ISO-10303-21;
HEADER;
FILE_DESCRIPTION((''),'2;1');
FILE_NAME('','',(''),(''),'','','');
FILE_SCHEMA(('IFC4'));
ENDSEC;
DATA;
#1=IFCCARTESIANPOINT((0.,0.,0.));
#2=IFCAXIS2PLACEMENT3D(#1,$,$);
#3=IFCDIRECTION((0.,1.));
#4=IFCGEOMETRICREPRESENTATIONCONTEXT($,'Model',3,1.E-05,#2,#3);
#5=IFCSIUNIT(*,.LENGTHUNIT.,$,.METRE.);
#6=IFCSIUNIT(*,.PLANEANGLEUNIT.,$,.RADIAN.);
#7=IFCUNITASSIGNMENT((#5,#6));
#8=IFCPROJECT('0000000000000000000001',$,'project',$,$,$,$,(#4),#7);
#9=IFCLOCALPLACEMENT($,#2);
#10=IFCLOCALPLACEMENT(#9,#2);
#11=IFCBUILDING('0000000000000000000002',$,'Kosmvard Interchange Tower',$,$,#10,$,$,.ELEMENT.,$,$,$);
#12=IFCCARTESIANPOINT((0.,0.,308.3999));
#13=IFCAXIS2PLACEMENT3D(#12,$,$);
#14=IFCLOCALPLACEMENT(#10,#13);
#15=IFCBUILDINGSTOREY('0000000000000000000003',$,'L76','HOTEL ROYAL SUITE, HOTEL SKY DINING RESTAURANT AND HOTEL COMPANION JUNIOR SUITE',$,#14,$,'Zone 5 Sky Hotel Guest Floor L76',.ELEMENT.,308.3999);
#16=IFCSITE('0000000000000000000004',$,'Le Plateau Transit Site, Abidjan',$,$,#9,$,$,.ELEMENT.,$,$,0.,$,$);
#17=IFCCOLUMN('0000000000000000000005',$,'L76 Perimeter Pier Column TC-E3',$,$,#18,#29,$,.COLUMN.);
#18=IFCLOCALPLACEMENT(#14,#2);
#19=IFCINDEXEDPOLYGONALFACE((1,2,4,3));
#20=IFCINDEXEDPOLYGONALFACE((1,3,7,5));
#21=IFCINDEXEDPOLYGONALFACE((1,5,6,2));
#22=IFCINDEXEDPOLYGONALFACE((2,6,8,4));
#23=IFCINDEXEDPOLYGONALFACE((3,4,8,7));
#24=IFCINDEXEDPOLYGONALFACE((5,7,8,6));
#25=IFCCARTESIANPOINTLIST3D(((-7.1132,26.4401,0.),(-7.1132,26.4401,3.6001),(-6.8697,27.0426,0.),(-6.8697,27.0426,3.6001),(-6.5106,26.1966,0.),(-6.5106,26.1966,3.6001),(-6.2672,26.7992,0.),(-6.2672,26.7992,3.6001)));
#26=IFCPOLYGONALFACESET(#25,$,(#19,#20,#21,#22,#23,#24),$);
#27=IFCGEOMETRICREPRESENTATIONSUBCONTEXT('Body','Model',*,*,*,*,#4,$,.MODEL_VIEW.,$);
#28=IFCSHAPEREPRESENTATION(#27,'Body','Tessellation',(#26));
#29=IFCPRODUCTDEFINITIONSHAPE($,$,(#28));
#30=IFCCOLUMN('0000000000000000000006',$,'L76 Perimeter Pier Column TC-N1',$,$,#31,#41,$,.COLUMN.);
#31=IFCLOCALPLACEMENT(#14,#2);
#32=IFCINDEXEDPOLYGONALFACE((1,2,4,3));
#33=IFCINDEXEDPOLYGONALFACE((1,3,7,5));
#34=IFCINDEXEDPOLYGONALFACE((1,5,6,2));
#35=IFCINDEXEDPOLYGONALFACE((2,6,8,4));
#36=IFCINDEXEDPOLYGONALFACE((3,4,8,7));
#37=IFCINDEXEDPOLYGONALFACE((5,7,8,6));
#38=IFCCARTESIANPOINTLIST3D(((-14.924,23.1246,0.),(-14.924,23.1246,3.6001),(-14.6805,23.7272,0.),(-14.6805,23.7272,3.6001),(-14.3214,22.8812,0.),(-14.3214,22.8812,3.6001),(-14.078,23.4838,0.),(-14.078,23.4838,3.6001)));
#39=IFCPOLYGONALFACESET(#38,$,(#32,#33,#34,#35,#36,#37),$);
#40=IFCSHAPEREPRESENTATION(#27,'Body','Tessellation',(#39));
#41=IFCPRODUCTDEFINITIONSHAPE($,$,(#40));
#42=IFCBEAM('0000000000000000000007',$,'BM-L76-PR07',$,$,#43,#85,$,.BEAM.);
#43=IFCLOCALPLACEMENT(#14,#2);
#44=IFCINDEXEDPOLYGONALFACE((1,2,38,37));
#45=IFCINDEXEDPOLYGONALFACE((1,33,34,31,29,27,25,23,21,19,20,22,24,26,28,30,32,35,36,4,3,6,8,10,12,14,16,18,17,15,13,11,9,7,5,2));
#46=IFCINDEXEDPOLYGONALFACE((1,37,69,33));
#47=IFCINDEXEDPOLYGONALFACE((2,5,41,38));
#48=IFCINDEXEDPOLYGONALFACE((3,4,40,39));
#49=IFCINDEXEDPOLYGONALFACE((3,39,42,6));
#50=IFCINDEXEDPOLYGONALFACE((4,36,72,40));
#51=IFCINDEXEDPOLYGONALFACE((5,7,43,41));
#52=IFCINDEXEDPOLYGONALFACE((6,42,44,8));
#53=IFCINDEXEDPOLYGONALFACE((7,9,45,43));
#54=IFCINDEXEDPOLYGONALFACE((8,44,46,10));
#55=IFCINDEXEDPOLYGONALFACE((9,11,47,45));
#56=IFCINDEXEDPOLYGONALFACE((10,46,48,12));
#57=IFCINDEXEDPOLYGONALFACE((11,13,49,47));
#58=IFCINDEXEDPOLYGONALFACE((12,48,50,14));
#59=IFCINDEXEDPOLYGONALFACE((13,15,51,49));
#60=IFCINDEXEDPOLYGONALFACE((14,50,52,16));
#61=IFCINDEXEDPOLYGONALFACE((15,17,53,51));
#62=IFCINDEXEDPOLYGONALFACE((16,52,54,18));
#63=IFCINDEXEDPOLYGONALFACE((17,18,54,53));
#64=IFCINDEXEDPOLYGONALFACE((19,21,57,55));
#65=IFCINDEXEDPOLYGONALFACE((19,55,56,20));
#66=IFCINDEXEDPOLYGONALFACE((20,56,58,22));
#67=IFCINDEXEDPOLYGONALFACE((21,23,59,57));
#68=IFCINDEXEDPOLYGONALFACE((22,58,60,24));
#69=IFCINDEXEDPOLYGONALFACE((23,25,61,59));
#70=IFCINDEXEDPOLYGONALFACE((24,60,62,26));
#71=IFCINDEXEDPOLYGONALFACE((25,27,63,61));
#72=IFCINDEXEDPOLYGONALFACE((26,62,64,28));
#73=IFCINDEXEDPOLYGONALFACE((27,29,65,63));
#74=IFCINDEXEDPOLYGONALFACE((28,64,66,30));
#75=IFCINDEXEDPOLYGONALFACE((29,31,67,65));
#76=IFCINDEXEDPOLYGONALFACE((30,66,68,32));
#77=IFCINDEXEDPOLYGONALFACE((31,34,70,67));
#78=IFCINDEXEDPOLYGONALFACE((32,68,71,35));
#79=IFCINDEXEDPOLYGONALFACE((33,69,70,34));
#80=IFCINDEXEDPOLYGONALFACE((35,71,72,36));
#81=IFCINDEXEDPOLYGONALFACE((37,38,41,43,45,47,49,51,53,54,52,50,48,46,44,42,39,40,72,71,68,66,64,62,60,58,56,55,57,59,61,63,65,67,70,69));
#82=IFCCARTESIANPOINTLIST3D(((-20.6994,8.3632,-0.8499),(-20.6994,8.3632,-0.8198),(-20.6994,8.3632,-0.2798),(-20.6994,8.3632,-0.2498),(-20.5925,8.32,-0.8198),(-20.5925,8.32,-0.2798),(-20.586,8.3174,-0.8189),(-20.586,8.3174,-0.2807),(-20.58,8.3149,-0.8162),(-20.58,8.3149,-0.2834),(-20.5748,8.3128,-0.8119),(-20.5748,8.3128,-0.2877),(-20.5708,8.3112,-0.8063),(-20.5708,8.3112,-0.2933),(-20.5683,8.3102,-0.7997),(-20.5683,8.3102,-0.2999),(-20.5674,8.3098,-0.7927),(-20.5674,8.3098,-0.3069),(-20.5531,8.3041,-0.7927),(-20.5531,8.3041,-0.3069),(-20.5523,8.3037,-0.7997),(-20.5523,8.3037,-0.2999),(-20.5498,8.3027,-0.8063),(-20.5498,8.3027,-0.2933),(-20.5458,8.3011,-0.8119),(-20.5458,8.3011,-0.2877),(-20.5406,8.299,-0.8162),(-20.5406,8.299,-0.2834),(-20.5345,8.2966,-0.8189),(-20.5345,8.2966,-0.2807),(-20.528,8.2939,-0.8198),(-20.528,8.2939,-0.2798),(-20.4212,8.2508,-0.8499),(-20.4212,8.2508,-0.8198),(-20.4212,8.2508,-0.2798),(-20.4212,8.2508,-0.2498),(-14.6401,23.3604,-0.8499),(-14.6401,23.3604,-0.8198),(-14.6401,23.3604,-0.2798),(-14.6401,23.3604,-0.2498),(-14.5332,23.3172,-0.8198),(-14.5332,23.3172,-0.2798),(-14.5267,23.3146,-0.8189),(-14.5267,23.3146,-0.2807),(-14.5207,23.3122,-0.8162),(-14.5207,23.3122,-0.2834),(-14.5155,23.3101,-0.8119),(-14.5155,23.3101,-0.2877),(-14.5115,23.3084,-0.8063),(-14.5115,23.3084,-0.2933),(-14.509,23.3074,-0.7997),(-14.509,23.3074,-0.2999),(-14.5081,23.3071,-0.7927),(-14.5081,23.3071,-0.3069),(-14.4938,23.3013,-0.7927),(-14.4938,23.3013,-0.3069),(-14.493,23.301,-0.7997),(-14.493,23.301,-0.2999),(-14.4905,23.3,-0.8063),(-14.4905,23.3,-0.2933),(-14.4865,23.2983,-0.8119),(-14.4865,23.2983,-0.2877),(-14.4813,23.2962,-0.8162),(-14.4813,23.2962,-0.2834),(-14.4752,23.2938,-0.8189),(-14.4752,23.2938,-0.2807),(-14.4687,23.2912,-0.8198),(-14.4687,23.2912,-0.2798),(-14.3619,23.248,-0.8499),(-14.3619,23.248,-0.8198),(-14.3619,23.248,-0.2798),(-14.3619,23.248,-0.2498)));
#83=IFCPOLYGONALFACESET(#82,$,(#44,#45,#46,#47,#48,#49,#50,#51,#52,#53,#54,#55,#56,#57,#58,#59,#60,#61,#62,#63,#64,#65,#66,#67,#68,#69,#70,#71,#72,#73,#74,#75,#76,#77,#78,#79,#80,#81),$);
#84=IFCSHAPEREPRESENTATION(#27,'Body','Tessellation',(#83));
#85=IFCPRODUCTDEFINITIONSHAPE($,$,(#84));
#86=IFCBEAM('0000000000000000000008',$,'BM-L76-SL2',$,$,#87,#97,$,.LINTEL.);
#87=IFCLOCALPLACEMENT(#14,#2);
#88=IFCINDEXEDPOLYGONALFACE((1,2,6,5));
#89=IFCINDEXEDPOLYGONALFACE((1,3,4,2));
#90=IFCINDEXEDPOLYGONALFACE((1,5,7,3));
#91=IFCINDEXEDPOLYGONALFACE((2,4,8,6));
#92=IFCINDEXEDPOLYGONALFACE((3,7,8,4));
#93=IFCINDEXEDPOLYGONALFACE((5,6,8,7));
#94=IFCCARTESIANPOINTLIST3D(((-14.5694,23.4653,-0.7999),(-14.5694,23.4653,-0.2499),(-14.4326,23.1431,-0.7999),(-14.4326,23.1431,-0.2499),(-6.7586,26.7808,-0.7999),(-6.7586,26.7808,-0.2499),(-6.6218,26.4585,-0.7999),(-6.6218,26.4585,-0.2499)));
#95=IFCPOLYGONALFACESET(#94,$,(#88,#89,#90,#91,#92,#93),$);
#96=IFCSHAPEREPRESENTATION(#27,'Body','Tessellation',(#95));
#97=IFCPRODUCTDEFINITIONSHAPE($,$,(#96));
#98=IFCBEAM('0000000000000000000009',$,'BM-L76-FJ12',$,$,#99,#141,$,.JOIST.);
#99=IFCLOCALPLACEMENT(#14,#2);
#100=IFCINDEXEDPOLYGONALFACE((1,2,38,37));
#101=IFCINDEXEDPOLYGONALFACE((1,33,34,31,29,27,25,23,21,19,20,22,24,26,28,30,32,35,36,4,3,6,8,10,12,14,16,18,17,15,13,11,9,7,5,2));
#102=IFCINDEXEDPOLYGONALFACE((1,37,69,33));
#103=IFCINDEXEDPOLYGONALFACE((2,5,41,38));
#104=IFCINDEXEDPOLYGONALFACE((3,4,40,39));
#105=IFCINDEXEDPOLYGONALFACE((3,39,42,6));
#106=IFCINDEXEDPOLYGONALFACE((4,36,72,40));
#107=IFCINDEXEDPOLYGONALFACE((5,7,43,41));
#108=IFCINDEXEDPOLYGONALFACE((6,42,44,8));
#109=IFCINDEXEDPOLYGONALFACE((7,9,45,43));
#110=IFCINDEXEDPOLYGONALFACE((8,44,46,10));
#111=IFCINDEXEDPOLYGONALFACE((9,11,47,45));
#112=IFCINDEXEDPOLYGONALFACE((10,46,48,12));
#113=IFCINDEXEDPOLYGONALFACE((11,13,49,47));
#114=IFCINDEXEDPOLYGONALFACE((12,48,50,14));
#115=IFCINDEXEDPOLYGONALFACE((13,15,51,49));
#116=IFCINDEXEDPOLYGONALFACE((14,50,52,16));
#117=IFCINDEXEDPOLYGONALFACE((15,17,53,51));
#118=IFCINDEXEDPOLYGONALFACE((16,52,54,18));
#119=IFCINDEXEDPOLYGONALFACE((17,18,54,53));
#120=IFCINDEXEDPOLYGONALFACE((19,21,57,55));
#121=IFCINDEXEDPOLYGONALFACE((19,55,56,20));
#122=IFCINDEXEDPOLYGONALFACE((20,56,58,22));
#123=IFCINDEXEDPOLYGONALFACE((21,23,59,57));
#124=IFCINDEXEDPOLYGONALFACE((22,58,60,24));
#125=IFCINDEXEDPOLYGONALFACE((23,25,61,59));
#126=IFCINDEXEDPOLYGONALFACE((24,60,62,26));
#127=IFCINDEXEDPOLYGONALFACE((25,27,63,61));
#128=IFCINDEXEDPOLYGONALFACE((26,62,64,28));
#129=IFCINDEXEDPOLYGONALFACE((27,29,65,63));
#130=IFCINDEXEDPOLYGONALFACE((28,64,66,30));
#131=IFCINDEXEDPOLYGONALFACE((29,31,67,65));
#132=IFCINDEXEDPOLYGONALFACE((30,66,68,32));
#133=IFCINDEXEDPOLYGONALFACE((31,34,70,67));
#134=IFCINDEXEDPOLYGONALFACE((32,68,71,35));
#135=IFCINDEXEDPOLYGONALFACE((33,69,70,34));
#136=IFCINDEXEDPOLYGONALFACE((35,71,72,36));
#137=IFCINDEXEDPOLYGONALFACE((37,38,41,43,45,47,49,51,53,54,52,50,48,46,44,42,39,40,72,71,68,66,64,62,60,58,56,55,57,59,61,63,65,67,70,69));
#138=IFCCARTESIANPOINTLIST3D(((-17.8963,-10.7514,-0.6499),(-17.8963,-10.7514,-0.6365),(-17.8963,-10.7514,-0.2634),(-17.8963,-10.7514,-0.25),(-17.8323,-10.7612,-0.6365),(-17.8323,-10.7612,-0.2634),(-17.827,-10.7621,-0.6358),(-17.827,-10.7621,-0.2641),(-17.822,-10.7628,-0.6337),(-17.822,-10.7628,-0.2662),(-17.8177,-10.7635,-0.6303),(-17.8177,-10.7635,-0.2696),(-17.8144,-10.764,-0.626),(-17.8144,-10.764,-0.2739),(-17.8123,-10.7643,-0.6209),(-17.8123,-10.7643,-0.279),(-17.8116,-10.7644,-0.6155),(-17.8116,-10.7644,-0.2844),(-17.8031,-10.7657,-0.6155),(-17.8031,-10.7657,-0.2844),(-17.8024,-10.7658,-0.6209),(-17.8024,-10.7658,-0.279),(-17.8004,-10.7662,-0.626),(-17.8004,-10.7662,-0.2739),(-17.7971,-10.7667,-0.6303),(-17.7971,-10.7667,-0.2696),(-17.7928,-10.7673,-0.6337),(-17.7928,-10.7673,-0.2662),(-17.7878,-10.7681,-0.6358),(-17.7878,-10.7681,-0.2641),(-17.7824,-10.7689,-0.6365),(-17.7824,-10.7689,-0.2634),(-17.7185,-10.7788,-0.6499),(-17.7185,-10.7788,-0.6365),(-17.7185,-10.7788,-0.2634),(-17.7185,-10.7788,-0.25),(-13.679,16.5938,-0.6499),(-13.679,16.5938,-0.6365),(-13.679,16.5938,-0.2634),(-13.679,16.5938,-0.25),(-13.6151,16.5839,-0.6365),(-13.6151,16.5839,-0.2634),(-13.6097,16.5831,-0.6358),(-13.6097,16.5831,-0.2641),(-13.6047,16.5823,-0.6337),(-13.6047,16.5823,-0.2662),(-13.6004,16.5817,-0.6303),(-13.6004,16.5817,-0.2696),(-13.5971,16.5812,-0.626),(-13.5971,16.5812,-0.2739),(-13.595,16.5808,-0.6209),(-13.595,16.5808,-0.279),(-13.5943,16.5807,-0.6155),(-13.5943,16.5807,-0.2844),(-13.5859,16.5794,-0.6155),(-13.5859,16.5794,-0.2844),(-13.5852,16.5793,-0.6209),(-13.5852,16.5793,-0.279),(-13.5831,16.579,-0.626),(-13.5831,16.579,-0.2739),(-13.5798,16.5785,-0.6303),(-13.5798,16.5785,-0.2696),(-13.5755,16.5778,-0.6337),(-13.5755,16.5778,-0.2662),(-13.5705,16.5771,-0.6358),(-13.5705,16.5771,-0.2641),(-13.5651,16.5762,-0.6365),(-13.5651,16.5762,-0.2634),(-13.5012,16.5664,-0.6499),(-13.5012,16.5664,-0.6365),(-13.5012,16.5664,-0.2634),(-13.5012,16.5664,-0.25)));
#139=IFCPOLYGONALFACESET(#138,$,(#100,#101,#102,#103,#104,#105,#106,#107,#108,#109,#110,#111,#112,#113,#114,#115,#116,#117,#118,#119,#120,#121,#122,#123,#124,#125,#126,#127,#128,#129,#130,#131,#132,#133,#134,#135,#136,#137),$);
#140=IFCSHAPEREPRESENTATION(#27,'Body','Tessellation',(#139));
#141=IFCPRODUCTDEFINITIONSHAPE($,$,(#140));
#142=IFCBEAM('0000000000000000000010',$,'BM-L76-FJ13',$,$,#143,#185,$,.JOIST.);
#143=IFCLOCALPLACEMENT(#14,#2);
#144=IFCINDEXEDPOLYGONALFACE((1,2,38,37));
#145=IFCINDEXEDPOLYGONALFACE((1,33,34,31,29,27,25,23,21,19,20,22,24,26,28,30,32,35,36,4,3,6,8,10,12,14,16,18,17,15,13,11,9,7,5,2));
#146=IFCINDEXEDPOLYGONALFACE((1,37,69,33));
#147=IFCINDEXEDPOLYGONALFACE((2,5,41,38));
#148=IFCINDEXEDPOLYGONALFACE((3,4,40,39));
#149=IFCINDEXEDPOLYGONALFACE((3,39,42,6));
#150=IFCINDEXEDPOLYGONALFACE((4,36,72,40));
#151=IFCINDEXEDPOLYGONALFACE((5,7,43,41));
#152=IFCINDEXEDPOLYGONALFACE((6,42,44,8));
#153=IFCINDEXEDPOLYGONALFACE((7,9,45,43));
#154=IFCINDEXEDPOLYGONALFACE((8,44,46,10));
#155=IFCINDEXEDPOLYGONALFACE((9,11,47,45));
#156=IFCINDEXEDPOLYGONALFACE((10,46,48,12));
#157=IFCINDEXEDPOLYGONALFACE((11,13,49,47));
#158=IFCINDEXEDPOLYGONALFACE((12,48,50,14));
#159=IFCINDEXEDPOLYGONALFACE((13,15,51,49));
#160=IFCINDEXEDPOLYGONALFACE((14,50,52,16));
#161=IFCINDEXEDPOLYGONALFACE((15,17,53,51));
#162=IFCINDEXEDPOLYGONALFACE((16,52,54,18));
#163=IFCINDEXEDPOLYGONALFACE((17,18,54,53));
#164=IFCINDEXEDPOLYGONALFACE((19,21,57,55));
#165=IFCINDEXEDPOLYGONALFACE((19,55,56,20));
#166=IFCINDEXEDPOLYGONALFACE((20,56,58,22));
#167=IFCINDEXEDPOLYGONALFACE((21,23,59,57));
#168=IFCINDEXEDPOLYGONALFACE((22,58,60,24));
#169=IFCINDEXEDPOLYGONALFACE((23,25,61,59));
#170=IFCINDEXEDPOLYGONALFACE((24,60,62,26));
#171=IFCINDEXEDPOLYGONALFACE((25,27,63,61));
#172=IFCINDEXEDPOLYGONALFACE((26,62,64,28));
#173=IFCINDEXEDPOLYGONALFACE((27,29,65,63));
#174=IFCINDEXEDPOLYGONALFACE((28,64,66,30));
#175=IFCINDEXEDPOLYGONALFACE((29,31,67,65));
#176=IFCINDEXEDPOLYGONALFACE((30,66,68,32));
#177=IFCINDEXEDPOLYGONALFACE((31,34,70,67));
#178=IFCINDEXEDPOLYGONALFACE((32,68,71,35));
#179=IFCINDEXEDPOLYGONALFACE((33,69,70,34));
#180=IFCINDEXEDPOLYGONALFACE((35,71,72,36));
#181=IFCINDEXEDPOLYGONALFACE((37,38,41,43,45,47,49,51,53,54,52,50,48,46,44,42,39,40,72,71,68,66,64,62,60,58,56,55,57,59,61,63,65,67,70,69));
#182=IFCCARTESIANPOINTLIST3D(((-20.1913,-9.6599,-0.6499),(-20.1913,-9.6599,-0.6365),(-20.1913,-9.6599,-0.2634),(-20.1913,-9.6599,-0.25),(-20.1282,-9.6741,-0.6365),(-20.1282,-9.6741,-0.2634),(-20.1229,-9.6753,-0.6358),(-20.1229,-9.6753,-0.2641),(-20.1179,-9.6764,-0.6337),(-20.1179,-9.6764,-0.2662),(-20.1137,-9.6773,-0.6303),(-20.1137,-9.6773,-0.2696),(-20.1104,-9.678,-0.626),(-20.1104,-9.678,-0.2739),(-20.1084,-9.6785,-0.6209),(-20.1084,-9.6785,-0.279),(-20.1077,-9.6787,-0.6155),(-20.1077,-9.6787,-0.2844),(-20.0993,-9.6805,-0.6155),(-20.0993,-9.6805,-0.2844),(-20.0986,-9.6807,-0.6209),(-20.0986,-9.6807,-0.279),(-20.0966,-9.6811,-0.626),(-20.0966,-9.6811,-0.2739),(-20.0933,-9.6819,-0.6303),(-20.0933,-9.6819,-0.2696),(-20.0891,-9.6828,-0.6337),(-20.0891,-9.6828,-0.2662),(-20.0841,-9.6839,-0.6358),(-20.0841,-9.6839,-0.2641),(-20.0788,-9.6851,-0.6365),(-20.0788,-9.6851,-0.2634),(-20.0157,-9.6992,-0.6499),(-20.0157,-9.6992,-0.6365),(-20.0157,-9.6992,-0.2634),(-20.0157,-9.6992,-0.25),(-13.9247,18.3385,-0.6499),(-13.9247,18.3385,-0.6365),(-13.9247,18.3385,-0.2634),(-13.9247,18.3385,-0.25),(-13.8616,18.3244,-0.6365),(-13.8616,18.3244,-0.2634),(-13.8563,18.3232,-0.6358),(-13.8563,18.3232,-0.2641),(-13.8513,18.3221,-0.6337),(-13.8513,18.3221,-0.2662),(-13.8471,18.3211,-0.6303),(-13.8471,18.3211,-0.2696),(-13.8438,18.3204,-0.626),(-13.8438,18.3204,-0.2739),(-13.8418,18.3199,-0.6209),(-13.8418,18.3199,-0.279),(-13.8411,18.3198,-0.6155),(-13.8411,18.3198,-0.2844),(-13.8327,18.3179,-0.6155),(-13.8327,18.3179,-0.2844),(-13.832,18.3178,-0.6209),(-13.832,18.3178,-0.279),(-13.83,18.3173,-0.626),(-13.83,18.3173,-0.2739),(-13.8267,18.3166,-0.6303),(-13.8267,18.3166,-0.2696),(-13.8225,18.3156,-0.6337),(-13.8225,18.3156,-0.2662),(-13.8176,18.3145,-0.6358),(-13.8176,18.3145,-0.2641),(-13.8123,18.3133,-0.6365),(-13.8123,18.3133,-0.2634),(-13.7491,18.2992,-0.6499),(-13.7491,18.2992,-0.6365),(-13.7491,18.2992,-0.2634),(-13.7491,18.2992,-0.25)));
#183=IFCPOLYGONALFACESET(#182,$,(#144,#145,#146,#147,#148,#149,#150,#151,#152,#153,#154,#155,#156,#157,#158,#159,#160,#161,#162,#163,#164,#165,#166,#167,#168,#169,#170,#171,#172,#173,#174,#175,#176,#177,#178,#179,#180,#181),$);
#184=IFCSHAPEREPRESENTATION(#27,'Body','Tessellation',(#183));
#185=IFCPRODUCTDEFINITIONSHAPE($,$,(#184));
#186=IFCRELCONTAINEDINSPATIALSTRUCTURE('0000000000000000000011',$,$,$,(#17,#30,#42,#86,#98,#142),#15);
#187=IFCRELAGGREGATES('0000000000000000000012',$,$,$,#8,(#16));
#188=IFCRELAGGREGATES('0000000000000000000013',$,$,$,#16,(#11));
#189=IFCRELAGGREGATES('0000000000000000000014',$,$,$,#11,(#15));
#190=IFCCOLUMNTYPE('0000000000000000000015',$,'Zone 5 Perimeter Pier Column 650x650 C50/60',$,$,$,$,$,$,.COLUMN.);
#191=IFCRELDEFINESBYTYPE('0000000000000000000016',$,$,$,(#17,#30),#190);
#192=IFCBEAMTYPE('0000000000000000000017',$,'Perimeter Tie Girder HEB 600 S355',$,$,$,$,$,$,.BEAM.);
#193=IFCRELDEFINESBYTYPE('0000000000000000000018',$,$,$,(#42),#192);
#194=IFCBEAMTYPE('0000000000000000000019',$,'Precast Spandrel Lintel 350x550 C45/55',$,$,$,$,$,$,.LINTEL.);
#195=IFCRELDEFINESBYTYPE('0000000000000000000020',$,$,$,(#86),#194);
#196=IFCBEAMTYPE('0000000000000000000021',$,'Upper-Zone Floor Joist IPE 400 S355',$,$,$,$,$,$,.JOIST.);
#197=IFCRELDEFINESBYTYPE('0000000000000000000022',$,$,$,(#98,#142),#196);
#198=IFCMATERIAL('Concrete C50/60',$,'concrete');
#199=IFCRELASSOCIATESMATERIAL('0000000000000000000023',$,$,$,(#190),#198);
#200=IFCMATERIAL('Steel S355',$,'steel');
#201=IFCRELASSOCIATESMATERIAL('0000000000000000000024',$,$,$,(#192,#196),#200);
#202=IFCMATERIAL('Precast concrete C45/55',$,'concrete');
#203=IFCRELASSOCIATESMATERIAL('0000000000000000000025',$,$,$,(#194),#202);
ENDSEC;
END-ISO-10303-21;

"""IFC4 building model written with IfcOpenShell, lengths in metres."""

from ifc_helpers import new_model, si_unit, direction, frame, origin, origin_2d, place, context, subcontext, project, spatial, rectangle, i_section, extrude, source, transform, mapped, material, material_profile, profile_set, type_object, element, save


model = new_model("IFC4")

# Units and contexts
model_context = context("Model", 3, precision=1e-05, world=origin(), true_north=direction((0.0, 1.0)))
body_context = subcontext(model_context, "Body", "Model", "MODEL_VIEW")
ifc_project = project(units=[si_unit("LENGTHUNIT", "METRE"), si_unit("PLANEANGLEUNIT", "RADIAN")], contexts=[model_context])

# Site, building, storey
site_placement = place(None, origin())
site = spatial("IfcSite", under=ifc_project, at=site_placement, Name="Le Plateau Transit Site, Abidjan", CompositionType="ELEMENT", RefElevation=0.0)
building_placement = place(site_placement, origin())
building = spatial("IfcBuilding", under=site, at=building_placement, Name="Kosmvard Interchange Tower", CompositionType="ELEMENT")
storey_placement = place(building_placement, frame((0.0, 0.0, 308.3999)))
storey = spatial("IfcBuildingStorey", under=building, at=storey_placement, Name="L76", Description="HOTEL ROYAL SUITE, HOTEL SKY DINING RESTAURANT AND HOTEL COMPANION JUNIOR SUITE", LongName="Zone 5 Sky Hotel Guest Floor L76", CompositionType="ELEMENT", Elevation=308.3999)

# Columns
ifc_material_1 = material(Name="Concrete C50/60", Category="concrete")
ifc_material_profile_1 = material_profile(ifc_material_1, rectangle(XDim=0.6499, YDim=0.6499, at=origin_2d()), Name="TC 650x650")
ifc_profile_set_1 = profile_set([ifc_material_profile_1], Name="Concrete C50/60")
column_type = type_object("IfcColumnType", Name="Zone 5 Perimeter Pier Column 650x650 C50/60", PredefinedType="COLUMN", material=ifc_profile_set_1)
shared_shape_1 = source(origin(), body_context, "Body", "SweptSolid", [
    extrude(rectangle(XDim=0.6499, YDim=0.6499, at=origin_2d()), origin(), (0.0, 0.0, 1.0), 3.6001),
])
for number, where, z_axis, x_axis, name in (
    (1, (-6.6902, 26.6196, 0.0), (0.0, 0.0, 1.0), (0.374607, 0.927184, 0.0), "L76 Perimeter Pier Column TC-E3"),
    (2, (-14.501, 23.3042, 0.0), (0.0, 0.0, 1.0), (0.374607, 0.927184, 0.0), "L76 Perimeter Pier Column TC-N1"),
):
    element("IfcColumn", number, at=place(storey_placement, frame(where, z_axis=z_axis, x_axis=x_axis)), inside=storey, type_object=column_type, Name=name, PredefinedType="COLUMN", context=body_context, shape_type="MappedRepresentation", body=[
        mapped(shared_shape_1, transform((0.0, 0.0, 0.0), scale=1.0)),
    ])

# Beams
ifc_material_2 = material(Name="Steel S355", Category="steel")
ifc_material_profile_2 = material_profile(ifc_material_2, i_section(OverallWidth=0.3, OverallDepth=0.6001, WebThickness=0.0154, FlangeThickness=0.03, FilletRadius=0.0271, at=origin_2d()), Name="HEB 600")
ifc_profile_set_2 = profile_set([ifc_material_profile_2], Name="Steel S355")
beam_type_1 = type_object("IfcBeamType", Name="Perimeter Tie Girder HEB 600 S355", PredefinedType="BEAM", material=ifc_profile_set_2)
shared_shape_2 = source(origin(), body_context, "Body", "SweptSolid", [
    extrude(i_section(OverallWidth=0.3, OverallDepth=0.6001, WebThickness=0.0154, FlangeThickness=0.03, FilletRadius=0.0271, at=origin_2d()), origin(), (0.0, 0.0, 1.0), 16.175),
])
beam_1_placement = place(storey_placement, frame((-14.501, 23.3042, -0.5498), z_axis=(-0.374608, -0.927183, 0.0), x_axis=(0.927183, -0.374608, 0.0)))
element("IfcBeam", 3, at=beam_1_placement, inside=storey, type_object=beam_type_1, Name="BM-L76-PR07", PredefinedType="BEAM", context=body_context, shape_type="MappedRepresentation", body=[
    mapped(shared_shape_2, transform((0.0, 0.0, 0.0), scale=1.0)),
])
ifc_material_3 = material(Name="Precast concrete C45/55", Category="concrete")
ifc_material_profile_3 = material_profile(ifc_material_3, rectangle(XDim=0.3501, YDim=0.55, at=origin_2d()), Name="SL 350x550")
ifc_profile_set_3 = profile_set([ifc_material_profile_3], Name="Precast concrete C45/55")
beam_type_2 = type_object("IfcBeamType", Name="Precast Spandrel Lintel 350x550 C45/55", PredefinedType="LINTEL", material=ifc_profile_set_3)
shared_shape_3 = source(origin(), body_context, "Body", "SweptSolid", [
    extrude(rectangle(XDim=0.3501, YDim=0.55, at=origin_2d()), origin(), (0.0, 0.0, 1.0), 8.4854),
])
beam_2_placement = place(storey_placement, frame((-6.6902, 26.6196, -0.5249), z_axis=(-0.920507, -0.390726, 0.0), x_axis=(0.390726, -0.920507, 0.0)))
element("IfcBeam", 4, at=beam_2_placement, inside=storey, type_object=beam_type_2, Name="BM-L76-SL2", PredefinedType="LINTEL", context=body_context, shape_type="MappedRepresentation", body=[
    mapped(shared_shape_3, transform((0.0, 0.0, 0.0), scale=1.0)),
])
ifc_material_profile_4 = material_profile(ifc_material_2, i_section(OverallWidth=0.1799, OverallDepth=0.3999, WebThickness=0.0085, FlangeThickness=0.0134, FilletRadius=0.021, at=origin_2d()), Name="IPE 400")
ifc_profile_set_4 = profile_set([ifc_material_profile_4], Name="Steel S355")
beam_type_3 = type_object("IfcBeamType", Name="Upper-Zone Floor Joist IPE 400 S355", PredefinedType="JOIST", material=ifc_profile_set_4)
shared_shape_4 = source(origin(), body_context, "Body", "SweptSolid", [
    extrude(i_section(OverallWidth=0.1799, OverallDepth=0.3999, WebThickness=0.0085, FlangeThickness=0.0134, FilletRadius=0.021, at=origin_2d()), origin(), (0.0, 0.0, 1.0), 27.6685),
])
beam_3_placement = place(storey_placement, frame((-13.5901, 16.5801, -0.45), z_axis=(-0.152422, -0.988316, 0.0), x_axis=(0.988316, -0.152422, 0.0)))
element("IfcBeam", 5, at=beam_3_placement, inside=storey, type_object=beam_type_3, Name="BM-L76-FJ12", PredefinedType="JOIST", context=body_context, shape_type="MappedRepresentation", body=[
    mapped(shared_shape_4, transform((0.0, 0.0, 0.0), scale=1.0)),
])
shared_shape_5 = source(origin(), body_context, "Body", "SweptSolid", [
    extrude(i_section(OverallWidth=0.1799, OverallDepth=0.3999, WebThickness=0.0085, FlangeThickness=0.0134, FilletRadius=0.021, at=origin_2d()), origin(), (0.0, 0.0, 1.0), 28.6912),
])
beam_4_placement = place(storey_placement, frame((-13.8369, 18.3188, -0.45), z_axis=(-0.218415, -0.975856, 0.0), x_axis=(0.975856, -0.218415, 0.0)))
element("IfcBeam", 6, at=beam_4_placement, inside=storey, type_object=beam_type_3, Name="BM-L76-FJ13", PredefinedType="JOIST", context=body_context, shape_type="MappedRepresentation", body=[
    mapped(shared_shape_5, transform((0.0, 0.0, 0.0), scale=1.0)),
])

save(model, "model.ifc")
